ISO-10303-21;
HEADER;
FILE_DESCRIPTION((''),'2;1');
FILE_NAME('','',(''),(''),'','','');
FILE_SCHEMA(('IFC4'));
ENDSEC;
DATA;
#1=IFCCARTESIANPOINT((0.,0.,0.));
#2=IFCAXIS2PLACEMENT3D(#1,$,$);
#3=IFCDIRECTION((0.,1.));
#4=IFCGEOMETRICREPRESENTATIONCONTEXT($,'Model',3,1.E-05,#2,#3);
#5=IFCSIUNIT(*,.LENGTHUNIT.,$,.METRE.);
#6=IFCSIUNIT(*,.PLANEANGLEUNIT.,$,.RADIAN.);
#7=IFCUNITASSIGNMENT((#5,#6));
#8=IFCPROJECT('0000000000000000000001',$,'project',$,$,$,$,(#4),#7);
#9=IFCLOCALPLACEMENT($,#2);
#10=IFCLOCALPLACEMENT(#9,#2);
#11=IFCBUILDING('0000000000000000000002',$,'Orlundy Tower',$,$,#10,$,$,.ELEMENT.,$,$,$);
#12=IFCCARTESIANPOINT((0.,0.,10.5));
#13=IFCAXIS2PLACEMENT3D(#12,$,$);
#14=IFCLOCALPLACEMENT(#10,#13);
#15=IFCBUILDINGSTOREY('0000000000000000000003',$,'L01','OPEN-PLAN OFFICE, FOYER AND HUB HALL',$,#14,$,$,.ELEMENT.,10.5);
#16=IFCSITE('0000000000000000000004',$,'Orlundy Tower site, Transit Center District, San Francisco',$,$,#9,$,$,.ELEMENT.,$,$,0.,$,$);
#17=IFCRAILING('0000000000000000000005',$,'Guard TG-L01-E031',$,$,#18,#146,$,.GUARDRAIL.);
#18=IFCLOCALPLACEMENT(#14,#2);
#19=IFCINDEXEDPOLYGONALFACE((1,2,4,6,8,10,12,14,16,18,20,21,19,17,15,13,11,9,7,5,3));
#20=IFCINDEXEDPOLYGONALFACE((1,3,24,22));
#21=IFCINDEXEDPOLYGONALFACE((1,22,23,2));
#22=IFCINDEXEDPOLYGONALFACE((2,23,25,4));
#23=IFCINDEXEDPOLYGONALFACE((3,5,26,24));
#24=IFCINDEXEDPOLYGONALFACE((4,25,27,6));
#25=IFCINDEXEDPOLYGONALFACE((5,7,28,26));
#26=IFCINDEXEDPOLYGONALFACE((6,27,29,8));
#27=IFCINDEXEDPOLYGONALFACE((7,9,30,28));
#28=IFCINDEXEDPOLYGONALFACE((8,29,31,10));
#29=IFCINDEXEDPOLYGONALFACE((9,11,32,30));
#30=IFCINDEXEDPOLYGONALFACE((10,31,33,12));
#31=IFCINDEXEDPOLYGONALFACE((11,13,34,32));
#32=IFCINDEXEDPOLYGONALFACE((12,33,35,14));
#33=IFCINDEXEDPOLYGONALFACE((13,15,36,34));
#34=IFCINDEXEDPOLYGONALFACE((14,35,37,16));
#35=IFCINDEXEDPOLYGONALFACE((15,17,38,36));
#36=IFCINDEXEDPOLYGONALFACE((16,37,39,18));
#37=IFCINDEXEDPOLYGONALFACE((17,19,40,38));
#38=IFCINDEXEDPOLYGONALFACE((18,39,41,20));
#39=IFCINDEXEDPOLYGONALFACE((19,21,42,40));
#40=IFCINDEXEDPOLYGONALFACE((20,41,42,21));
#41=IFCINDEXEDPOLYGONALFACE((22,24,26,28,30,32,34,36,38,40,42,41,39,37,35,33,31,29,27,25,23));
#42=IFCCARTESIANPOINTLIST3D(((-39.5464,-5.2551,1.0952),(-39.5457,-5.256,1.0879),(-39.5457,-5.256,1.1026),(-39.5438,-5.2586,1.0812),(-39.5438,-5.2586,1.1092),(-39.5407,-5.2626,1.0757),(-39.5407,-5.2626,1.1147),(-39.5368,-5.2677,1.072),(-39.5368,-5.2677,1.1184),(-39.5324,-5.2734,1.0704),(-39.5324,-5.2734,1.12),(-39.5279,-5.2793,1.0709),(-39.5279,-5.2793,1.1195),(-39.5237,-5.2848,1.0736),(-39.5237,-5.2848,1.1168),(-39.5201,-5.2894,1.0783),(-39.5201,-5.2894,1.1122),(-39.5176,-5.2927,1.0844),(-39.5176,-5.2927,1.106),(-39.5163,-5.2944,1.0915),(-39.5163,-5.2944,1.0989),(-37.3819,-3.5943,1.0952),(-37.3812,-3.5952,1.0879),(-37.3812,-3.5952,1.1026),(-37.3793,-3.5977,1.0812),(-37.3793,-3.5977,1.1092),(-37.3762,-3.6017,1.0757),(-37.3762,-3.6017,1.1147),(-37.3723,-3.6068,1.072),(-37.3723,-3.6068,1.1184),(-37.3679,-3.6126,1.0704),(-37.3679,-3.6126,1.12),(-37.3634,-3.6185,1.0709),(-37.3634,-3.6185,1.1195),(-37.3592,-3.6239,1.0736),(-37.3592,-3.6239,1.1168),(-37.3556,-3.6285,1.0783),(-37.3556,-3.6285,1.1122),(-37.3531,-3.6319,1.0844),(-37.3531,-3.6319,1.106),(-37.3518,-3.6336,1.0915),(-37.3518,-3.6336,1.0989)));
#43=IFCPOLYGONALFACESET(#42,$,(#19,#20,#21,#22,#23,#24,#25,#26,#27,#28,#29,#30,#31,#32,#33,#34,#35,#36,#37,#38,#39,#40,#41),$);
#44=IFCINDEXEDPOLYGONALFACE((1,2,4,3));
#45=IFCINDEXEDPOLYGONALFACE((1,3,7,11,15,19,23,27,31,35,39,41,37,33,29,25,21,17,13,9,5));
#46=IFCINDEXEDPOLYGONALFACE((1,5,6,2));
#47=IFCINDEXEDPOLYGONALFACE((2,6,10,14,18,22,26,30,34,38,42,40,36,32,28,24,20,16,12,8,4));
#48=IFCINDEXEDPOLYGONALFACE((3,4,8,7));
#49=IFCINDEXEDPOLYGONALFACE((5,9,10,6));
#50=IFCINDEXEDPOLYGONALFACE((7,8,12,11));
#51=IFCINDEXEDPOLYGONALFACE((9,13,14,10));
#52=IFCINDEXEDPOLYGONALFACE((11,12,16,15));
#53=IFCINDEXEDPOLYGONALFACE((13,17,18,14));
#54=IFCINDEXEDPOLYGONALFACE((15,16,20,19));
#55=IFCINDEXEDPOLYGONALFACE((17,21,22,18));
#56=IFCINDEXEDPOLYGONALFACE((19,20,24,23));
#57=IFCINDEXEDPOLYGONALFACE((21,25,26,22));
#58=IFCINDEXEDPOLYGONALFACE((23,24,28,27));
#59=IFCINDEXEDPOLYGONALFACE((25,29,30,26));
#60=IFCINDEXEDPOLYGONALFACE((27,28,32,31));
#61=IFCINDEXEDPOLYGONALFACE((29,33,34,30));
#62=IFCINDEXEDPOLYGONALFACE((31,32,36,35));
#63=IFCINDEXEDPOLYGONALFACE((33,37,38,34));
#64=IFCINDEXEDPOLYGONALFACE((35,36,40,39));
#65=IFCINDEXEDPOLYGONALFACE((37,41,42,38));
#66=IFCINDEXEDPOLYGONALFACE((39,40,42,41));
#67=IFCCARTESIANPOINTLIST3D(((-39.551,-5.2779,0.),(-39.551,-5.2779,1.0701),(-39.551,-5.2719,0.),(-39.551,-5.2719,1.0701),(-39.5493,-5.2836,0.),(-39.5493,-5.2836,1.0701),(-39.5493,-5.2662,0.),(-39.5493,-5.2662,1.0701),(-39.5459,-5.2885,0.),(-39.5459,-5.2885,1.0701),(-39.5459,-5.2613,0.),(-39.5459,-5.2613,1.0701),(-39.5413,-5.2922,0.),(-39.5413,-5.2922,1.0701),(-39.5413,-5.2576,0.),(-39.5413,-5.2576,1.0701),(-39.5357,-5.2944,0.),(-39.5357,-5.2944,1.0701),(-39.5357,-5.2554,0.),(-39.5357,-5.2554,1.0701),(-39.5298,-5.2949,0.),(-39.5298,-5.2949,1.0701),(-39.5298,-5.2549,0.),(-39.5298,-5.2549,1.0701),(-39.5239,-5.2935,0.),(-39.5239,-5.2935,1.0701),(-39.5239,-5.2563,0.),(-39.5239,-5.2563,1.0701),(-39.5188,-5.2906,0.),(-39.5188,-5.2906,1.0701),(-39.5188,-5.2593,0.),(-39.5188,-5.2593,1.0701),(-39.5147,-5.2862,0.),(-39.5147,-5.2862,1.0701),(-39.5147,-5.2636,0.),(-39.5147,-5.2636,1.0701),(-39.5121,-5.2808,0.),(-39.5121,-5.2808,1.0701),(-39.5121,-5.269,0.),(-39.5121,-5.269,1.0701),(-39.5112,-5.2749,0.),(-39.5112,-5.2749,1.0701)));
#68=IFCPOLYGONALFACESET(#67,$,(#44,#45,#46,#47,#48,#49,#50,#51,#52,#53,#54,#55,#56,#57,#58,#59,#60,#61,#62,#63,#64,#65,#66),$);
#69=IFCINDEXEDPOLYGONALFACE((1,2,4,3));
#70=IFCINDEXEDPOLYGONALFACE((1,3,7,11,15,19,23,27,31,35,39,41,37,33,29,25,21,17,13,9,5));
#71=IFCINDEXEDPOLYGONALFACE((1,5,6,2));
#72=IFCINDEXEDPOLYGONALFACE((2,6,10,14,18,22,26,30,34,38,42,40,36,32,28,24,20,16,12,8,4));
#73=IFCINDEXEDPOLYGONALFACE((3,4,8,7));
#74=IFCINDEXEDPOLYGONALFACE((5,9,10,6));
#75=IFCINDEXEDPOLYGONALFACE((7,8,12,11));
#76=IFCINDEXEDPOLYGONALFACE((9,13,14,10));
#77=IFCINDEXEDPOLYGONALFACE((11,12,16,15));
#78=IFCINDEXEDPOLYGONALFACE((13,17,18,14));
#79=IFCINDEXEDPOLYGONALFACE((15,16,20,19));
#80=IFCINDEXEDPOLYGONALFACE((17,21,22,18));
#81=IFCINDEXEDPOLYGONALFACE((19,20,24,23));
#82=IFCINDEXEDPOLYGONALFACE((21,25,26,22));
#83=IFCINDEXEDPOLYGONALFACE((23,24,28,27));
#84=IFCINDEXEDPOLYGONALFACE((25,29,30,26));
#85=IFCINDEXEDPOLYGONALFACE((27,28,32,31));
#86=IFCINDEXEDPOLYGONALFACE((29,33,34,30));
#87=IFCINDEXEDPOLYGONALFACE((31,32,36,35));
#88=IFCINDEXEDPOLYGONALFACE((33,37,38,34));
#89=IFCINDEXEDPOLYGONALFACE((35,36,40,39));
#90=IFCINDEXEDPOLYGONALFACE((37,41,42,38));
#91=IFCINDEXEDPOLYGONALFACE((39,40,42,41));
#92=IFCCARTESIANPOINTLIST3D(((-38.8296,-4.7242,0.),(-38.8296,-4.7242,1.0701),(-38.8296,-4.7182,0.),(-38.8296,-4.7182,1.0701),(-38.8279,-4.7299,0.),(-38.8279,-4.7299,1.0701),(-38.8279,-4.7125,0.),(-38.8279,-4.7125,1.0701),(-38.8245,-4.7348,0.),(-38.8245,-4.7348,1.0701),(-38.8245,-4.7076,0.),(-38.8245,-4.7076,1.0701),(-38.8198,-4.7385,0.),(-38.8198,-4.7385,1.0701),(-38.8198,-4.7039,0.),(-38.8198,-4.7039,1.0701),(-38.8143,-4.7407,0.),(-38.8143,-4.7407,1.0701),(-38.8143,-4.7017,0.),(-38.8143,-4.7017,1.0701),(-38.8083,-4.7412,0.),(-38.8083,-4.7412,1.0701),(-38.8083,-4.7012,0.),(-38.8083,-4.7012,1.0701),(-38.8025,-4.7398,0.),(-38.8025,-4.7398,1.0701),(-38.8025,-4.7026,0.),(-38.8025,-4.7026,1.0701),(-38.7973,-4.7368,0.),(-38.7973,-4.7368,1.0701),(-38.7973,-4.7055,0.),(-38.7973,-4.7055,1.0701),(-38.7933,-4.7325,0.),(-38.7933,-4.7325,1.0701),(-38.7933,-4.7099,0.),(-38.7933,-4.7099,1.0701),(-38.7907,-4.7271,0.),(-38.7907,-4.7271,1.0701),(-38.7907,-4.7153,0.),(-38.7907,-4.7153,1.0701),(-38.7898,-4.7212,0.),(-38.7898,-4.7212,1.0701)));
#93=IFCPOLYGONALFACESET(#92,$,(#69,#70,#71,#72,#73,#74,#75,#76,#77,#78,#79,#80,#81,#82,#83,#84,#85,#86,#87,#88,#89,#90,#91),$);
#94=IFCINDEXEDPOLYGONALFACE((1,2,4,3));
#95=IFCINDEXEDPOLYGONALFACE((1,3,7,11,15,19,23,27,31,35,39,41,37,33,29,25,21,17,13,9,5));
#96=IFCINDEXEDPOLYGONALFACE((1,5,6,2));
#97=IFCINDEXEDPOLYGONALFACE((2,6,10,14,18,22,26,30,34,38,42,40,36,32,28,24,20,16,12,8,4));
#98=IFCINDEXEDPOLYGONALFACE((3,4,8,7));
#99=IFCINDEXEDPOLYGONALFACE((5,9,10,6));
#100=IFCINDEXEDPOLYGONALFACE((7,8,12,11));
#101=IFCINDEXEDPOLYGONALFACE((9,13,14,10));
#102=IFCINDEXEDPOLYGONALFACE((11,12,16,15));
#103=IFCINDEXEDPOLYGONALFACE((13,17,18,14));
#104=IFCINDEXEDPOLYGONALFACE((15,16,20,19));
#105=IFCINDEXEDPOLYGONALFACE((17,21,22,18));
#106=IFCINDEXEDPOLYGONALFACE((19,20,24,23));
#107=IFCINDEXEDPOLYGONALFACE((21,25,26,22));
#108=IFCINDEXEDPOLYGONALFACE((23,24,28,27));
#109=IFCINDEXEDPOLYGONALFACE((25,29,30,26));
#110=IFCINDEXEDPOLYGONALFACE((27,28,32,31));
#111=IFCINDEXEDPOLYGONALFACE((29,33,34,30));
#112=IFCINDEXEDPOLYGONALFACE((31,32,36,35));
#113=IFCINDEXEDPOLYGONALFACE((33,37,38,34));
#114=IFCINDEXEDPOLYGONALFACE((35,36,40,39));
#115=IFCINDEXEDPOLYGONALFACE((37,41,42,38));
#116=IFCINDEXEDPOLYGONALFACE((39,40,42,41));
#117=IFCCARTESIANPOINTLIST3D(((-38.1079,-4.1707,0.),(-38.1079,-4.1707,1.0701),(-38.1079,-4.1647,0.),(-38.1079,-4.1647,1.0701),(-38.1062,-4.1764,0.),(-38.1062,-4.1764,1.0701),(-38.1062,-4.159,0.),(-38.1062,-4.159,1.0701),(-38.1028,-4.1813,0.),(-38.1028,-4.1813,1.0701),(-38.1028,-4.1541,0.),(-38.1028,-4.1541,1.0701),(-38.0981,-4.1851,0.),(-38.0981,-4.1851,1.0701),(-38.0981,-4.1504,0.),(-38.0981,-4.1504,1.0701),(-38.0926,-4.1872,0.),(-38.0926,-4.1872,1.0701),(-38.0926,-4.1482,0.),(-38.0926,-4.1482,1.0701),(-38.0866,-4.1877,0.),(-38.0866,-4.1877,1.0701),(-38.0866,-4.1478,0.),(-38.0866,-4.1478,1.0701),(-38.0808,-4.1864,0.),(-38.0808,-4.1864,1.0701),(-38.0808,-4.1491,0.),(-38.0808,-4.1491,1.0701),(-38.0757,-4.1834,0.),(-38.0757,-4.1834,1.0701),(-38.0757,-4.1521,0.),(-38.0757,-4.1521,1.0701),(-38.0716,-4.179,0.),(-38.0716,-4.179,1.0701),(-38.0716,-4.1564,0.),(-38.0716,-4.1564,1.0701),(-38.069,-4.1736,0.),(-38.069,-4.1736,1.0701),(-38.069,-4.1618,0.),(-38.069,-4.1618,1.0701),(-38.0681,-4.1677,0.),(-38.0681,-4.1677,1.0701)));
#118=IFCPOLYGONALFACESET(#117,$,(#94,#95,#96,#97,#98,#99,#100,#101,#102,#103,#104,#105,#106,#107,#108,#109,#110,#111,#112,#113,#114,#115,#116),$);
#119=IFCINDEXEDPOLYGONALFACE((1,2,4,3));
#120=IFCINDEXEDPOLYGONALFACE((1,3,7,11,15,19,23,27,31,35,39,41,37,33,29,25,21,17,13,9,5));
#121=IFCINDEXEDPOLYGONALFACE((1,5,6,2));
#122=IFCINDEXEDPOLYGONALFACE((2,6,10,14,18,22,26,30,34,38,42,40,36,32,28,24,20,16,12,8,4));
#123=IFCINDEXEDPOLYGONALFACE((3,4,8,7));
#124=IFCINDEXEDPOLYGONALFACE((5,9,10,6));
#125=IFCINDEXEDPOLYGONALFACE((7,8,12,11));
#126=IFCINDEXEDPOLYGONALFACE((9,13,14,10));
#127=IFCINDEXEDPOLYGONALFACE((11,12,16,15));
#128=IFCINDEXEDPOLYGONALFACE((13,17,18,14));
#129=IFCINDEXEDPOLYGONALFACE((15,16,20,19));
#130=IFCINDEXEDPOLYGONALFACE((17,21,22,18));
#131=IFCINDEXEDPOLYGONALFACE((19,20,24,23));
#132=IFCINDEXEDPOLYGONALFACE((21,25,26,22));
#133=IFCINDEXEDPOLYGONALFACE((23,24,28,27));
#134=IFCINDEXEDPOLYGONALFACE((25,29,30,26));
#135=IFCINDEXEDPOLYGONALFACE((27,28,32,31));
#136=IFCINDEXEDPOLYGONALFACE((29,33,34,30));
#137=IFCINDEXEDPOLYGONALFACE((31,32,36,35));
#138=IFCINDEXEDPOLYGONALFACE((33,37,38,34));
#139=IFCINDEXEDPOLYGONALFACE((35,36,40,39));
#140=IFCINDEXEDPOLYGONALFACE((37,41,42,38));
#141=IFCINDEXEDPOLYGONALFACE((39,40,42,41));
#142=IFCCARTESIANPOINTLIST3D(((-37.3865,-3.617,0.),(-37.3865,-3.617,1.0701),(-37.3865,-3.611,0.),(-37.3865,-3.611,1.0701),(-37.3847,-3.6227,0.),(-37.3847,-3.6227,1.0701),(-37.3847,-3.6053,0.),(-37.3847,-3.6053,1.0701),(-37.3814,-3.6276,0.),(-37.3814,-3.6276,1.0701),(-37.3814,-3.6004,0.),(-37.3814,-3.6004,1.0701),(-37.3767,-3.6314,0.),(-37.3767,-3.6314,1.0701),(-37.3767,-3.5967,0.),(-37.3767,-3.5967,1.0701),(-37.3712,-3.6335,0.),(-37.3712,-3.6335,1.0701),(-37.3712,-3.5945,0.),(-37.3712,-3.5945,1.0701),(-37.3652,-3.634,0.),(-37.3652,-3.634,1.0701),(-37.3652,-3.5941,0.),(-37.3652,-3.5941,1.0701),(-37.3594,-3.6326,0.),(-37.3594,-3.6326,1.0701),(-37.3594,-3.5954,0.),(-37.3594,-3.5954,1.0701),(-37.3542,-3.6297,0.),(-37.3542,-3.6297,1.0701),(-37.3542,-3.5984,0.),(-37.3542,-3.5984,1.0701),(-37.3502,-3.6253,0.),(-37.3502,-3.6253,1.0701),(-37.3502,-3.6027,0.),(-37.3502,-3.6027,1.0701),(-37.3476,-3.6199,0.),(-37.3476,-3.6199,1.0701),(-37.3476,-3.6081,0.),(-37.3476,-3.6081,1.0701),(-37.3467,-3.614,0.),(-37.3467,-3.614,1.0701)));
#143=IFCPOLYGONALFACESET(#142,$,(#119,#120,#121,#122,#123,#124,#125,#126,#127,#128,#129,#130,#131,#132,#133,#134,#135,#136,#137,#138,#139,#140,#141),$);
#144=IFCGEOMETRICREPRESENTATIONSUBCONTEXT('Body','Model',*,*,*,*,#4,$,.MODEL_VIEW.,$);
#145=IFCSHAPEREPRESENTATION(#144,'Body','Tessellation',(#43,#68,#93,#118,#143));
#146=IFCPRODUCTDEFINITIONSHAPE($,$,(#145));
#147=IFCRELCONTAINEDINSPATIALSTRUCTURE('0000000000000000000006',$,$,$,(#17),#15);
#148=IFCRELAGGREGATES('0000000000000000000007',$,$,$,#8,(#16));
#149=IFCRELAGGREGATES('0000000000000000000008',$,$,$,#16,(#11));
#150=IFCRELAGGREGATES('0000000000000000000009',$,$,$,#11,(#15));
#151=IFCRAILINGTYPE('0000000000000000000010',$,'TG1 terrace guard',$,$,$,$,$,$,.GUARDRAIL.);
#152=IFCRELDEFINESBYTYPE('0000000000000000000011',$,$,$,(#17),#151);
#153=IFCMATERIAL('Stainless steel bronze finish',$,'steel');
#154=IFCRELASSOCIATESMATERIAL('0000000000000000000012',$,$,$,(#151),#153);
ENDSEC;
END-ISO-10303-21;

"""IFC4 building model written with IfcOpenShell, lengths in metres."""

from ifc_helpers import new_model, si_unit, direction, frame, origin, origin_2d, place, context, subcontext, project, spatial, circle, extrude, material, type_object, element, save


model = new_model("IFC4")

# Units and contexts
model_context = context("Model", 3, precision=1e-05, world=origin(), true_north=direction((0.0, 1.0)))
body_context = subcontext(model_context, "Body", "Model", "MODEL_VIEW")
ifc_project = project(units=[si_unit("LENGTHUNIT", "METRE"), si_unit("PLANEANGLEUNIT", "RADIAN")], contexts=[model_context])

# Site, building, storey
site_placement = place(None, origin())
site = spatial("IfcSite", under=ifc_project, at=site_placement, Name="Orlundy Tower site, Transit Center District, San Francisco", CompositionType="ELEMENT", RefElevation=0.0)
building_placement = place(site_placement, origin())
building = spatial("IfcBuilding", under=site, at=building_placement, Name="Orlundy Tower", CompositionType="ELEMENT")
storey_placement = place(building_placement, frame((0.0, 0.0, 10.5)))
storey = spatial("IfcBuildingStorey", under=building, at=storey_placement, Name="L01", Description="OPEN-PLAN OFFICE, FOYER AND HUB HALL", CompositionType="ELEMENT", Elevation=10.5)

# Railing
ifc_material_1 = material(Name="Stainless steel bronze finish", Category="steel")
railing_type = type_object("IfcRailingType", Name="TG1 terrace guard", PredefinedType="GUARDRAIL", material=ifc_material_1)
railing_1_placement = place(storey_placement, frame((-39.5312, -5.2749, 0.0)))
element("IfcRailing", 1, at=railing_1_placement, inside=storey, type_object=railing_type, Name="Guard TG-L01-E031", PredefinedType="GUARDRAIL", context=body_context, shape_type="SweptSolid", body=[
    extrude(circle(Radius=0.0249, at=origin_2d()), frame((0.0, 0.0, 1.0952), z_axis=(0.793359, 0.608755, 0.0), x_axis=(-0.608755, 0.793359, 0.0)), (0.0, 0.0, 1.0), 2.7283),
    extrude(circle(Radius=0.02, at=origin_2d()), origin(), (0.0, 0.0, 1.0), 1.0701),
    extrude(circle(Radius=0.02, at=origin_2d()), frame((0.7214, 0.5537, 0.0)), (0.0, 0.0, 1.0), 1.0701),
    extrude(circle(Radius=0.02, at=origin_2d()), frame((1.4431, 1.1072, 0.0)), (0.0, 0.0, 1.0), 1.0701),
    extrude(circle(Radius=0.02, at=origin_2d()), frame((2.1646, 1.6609, 0.0)), (0.0, 0.0, 1.0), 1.0701),
])

save(model, "model.ifc")
